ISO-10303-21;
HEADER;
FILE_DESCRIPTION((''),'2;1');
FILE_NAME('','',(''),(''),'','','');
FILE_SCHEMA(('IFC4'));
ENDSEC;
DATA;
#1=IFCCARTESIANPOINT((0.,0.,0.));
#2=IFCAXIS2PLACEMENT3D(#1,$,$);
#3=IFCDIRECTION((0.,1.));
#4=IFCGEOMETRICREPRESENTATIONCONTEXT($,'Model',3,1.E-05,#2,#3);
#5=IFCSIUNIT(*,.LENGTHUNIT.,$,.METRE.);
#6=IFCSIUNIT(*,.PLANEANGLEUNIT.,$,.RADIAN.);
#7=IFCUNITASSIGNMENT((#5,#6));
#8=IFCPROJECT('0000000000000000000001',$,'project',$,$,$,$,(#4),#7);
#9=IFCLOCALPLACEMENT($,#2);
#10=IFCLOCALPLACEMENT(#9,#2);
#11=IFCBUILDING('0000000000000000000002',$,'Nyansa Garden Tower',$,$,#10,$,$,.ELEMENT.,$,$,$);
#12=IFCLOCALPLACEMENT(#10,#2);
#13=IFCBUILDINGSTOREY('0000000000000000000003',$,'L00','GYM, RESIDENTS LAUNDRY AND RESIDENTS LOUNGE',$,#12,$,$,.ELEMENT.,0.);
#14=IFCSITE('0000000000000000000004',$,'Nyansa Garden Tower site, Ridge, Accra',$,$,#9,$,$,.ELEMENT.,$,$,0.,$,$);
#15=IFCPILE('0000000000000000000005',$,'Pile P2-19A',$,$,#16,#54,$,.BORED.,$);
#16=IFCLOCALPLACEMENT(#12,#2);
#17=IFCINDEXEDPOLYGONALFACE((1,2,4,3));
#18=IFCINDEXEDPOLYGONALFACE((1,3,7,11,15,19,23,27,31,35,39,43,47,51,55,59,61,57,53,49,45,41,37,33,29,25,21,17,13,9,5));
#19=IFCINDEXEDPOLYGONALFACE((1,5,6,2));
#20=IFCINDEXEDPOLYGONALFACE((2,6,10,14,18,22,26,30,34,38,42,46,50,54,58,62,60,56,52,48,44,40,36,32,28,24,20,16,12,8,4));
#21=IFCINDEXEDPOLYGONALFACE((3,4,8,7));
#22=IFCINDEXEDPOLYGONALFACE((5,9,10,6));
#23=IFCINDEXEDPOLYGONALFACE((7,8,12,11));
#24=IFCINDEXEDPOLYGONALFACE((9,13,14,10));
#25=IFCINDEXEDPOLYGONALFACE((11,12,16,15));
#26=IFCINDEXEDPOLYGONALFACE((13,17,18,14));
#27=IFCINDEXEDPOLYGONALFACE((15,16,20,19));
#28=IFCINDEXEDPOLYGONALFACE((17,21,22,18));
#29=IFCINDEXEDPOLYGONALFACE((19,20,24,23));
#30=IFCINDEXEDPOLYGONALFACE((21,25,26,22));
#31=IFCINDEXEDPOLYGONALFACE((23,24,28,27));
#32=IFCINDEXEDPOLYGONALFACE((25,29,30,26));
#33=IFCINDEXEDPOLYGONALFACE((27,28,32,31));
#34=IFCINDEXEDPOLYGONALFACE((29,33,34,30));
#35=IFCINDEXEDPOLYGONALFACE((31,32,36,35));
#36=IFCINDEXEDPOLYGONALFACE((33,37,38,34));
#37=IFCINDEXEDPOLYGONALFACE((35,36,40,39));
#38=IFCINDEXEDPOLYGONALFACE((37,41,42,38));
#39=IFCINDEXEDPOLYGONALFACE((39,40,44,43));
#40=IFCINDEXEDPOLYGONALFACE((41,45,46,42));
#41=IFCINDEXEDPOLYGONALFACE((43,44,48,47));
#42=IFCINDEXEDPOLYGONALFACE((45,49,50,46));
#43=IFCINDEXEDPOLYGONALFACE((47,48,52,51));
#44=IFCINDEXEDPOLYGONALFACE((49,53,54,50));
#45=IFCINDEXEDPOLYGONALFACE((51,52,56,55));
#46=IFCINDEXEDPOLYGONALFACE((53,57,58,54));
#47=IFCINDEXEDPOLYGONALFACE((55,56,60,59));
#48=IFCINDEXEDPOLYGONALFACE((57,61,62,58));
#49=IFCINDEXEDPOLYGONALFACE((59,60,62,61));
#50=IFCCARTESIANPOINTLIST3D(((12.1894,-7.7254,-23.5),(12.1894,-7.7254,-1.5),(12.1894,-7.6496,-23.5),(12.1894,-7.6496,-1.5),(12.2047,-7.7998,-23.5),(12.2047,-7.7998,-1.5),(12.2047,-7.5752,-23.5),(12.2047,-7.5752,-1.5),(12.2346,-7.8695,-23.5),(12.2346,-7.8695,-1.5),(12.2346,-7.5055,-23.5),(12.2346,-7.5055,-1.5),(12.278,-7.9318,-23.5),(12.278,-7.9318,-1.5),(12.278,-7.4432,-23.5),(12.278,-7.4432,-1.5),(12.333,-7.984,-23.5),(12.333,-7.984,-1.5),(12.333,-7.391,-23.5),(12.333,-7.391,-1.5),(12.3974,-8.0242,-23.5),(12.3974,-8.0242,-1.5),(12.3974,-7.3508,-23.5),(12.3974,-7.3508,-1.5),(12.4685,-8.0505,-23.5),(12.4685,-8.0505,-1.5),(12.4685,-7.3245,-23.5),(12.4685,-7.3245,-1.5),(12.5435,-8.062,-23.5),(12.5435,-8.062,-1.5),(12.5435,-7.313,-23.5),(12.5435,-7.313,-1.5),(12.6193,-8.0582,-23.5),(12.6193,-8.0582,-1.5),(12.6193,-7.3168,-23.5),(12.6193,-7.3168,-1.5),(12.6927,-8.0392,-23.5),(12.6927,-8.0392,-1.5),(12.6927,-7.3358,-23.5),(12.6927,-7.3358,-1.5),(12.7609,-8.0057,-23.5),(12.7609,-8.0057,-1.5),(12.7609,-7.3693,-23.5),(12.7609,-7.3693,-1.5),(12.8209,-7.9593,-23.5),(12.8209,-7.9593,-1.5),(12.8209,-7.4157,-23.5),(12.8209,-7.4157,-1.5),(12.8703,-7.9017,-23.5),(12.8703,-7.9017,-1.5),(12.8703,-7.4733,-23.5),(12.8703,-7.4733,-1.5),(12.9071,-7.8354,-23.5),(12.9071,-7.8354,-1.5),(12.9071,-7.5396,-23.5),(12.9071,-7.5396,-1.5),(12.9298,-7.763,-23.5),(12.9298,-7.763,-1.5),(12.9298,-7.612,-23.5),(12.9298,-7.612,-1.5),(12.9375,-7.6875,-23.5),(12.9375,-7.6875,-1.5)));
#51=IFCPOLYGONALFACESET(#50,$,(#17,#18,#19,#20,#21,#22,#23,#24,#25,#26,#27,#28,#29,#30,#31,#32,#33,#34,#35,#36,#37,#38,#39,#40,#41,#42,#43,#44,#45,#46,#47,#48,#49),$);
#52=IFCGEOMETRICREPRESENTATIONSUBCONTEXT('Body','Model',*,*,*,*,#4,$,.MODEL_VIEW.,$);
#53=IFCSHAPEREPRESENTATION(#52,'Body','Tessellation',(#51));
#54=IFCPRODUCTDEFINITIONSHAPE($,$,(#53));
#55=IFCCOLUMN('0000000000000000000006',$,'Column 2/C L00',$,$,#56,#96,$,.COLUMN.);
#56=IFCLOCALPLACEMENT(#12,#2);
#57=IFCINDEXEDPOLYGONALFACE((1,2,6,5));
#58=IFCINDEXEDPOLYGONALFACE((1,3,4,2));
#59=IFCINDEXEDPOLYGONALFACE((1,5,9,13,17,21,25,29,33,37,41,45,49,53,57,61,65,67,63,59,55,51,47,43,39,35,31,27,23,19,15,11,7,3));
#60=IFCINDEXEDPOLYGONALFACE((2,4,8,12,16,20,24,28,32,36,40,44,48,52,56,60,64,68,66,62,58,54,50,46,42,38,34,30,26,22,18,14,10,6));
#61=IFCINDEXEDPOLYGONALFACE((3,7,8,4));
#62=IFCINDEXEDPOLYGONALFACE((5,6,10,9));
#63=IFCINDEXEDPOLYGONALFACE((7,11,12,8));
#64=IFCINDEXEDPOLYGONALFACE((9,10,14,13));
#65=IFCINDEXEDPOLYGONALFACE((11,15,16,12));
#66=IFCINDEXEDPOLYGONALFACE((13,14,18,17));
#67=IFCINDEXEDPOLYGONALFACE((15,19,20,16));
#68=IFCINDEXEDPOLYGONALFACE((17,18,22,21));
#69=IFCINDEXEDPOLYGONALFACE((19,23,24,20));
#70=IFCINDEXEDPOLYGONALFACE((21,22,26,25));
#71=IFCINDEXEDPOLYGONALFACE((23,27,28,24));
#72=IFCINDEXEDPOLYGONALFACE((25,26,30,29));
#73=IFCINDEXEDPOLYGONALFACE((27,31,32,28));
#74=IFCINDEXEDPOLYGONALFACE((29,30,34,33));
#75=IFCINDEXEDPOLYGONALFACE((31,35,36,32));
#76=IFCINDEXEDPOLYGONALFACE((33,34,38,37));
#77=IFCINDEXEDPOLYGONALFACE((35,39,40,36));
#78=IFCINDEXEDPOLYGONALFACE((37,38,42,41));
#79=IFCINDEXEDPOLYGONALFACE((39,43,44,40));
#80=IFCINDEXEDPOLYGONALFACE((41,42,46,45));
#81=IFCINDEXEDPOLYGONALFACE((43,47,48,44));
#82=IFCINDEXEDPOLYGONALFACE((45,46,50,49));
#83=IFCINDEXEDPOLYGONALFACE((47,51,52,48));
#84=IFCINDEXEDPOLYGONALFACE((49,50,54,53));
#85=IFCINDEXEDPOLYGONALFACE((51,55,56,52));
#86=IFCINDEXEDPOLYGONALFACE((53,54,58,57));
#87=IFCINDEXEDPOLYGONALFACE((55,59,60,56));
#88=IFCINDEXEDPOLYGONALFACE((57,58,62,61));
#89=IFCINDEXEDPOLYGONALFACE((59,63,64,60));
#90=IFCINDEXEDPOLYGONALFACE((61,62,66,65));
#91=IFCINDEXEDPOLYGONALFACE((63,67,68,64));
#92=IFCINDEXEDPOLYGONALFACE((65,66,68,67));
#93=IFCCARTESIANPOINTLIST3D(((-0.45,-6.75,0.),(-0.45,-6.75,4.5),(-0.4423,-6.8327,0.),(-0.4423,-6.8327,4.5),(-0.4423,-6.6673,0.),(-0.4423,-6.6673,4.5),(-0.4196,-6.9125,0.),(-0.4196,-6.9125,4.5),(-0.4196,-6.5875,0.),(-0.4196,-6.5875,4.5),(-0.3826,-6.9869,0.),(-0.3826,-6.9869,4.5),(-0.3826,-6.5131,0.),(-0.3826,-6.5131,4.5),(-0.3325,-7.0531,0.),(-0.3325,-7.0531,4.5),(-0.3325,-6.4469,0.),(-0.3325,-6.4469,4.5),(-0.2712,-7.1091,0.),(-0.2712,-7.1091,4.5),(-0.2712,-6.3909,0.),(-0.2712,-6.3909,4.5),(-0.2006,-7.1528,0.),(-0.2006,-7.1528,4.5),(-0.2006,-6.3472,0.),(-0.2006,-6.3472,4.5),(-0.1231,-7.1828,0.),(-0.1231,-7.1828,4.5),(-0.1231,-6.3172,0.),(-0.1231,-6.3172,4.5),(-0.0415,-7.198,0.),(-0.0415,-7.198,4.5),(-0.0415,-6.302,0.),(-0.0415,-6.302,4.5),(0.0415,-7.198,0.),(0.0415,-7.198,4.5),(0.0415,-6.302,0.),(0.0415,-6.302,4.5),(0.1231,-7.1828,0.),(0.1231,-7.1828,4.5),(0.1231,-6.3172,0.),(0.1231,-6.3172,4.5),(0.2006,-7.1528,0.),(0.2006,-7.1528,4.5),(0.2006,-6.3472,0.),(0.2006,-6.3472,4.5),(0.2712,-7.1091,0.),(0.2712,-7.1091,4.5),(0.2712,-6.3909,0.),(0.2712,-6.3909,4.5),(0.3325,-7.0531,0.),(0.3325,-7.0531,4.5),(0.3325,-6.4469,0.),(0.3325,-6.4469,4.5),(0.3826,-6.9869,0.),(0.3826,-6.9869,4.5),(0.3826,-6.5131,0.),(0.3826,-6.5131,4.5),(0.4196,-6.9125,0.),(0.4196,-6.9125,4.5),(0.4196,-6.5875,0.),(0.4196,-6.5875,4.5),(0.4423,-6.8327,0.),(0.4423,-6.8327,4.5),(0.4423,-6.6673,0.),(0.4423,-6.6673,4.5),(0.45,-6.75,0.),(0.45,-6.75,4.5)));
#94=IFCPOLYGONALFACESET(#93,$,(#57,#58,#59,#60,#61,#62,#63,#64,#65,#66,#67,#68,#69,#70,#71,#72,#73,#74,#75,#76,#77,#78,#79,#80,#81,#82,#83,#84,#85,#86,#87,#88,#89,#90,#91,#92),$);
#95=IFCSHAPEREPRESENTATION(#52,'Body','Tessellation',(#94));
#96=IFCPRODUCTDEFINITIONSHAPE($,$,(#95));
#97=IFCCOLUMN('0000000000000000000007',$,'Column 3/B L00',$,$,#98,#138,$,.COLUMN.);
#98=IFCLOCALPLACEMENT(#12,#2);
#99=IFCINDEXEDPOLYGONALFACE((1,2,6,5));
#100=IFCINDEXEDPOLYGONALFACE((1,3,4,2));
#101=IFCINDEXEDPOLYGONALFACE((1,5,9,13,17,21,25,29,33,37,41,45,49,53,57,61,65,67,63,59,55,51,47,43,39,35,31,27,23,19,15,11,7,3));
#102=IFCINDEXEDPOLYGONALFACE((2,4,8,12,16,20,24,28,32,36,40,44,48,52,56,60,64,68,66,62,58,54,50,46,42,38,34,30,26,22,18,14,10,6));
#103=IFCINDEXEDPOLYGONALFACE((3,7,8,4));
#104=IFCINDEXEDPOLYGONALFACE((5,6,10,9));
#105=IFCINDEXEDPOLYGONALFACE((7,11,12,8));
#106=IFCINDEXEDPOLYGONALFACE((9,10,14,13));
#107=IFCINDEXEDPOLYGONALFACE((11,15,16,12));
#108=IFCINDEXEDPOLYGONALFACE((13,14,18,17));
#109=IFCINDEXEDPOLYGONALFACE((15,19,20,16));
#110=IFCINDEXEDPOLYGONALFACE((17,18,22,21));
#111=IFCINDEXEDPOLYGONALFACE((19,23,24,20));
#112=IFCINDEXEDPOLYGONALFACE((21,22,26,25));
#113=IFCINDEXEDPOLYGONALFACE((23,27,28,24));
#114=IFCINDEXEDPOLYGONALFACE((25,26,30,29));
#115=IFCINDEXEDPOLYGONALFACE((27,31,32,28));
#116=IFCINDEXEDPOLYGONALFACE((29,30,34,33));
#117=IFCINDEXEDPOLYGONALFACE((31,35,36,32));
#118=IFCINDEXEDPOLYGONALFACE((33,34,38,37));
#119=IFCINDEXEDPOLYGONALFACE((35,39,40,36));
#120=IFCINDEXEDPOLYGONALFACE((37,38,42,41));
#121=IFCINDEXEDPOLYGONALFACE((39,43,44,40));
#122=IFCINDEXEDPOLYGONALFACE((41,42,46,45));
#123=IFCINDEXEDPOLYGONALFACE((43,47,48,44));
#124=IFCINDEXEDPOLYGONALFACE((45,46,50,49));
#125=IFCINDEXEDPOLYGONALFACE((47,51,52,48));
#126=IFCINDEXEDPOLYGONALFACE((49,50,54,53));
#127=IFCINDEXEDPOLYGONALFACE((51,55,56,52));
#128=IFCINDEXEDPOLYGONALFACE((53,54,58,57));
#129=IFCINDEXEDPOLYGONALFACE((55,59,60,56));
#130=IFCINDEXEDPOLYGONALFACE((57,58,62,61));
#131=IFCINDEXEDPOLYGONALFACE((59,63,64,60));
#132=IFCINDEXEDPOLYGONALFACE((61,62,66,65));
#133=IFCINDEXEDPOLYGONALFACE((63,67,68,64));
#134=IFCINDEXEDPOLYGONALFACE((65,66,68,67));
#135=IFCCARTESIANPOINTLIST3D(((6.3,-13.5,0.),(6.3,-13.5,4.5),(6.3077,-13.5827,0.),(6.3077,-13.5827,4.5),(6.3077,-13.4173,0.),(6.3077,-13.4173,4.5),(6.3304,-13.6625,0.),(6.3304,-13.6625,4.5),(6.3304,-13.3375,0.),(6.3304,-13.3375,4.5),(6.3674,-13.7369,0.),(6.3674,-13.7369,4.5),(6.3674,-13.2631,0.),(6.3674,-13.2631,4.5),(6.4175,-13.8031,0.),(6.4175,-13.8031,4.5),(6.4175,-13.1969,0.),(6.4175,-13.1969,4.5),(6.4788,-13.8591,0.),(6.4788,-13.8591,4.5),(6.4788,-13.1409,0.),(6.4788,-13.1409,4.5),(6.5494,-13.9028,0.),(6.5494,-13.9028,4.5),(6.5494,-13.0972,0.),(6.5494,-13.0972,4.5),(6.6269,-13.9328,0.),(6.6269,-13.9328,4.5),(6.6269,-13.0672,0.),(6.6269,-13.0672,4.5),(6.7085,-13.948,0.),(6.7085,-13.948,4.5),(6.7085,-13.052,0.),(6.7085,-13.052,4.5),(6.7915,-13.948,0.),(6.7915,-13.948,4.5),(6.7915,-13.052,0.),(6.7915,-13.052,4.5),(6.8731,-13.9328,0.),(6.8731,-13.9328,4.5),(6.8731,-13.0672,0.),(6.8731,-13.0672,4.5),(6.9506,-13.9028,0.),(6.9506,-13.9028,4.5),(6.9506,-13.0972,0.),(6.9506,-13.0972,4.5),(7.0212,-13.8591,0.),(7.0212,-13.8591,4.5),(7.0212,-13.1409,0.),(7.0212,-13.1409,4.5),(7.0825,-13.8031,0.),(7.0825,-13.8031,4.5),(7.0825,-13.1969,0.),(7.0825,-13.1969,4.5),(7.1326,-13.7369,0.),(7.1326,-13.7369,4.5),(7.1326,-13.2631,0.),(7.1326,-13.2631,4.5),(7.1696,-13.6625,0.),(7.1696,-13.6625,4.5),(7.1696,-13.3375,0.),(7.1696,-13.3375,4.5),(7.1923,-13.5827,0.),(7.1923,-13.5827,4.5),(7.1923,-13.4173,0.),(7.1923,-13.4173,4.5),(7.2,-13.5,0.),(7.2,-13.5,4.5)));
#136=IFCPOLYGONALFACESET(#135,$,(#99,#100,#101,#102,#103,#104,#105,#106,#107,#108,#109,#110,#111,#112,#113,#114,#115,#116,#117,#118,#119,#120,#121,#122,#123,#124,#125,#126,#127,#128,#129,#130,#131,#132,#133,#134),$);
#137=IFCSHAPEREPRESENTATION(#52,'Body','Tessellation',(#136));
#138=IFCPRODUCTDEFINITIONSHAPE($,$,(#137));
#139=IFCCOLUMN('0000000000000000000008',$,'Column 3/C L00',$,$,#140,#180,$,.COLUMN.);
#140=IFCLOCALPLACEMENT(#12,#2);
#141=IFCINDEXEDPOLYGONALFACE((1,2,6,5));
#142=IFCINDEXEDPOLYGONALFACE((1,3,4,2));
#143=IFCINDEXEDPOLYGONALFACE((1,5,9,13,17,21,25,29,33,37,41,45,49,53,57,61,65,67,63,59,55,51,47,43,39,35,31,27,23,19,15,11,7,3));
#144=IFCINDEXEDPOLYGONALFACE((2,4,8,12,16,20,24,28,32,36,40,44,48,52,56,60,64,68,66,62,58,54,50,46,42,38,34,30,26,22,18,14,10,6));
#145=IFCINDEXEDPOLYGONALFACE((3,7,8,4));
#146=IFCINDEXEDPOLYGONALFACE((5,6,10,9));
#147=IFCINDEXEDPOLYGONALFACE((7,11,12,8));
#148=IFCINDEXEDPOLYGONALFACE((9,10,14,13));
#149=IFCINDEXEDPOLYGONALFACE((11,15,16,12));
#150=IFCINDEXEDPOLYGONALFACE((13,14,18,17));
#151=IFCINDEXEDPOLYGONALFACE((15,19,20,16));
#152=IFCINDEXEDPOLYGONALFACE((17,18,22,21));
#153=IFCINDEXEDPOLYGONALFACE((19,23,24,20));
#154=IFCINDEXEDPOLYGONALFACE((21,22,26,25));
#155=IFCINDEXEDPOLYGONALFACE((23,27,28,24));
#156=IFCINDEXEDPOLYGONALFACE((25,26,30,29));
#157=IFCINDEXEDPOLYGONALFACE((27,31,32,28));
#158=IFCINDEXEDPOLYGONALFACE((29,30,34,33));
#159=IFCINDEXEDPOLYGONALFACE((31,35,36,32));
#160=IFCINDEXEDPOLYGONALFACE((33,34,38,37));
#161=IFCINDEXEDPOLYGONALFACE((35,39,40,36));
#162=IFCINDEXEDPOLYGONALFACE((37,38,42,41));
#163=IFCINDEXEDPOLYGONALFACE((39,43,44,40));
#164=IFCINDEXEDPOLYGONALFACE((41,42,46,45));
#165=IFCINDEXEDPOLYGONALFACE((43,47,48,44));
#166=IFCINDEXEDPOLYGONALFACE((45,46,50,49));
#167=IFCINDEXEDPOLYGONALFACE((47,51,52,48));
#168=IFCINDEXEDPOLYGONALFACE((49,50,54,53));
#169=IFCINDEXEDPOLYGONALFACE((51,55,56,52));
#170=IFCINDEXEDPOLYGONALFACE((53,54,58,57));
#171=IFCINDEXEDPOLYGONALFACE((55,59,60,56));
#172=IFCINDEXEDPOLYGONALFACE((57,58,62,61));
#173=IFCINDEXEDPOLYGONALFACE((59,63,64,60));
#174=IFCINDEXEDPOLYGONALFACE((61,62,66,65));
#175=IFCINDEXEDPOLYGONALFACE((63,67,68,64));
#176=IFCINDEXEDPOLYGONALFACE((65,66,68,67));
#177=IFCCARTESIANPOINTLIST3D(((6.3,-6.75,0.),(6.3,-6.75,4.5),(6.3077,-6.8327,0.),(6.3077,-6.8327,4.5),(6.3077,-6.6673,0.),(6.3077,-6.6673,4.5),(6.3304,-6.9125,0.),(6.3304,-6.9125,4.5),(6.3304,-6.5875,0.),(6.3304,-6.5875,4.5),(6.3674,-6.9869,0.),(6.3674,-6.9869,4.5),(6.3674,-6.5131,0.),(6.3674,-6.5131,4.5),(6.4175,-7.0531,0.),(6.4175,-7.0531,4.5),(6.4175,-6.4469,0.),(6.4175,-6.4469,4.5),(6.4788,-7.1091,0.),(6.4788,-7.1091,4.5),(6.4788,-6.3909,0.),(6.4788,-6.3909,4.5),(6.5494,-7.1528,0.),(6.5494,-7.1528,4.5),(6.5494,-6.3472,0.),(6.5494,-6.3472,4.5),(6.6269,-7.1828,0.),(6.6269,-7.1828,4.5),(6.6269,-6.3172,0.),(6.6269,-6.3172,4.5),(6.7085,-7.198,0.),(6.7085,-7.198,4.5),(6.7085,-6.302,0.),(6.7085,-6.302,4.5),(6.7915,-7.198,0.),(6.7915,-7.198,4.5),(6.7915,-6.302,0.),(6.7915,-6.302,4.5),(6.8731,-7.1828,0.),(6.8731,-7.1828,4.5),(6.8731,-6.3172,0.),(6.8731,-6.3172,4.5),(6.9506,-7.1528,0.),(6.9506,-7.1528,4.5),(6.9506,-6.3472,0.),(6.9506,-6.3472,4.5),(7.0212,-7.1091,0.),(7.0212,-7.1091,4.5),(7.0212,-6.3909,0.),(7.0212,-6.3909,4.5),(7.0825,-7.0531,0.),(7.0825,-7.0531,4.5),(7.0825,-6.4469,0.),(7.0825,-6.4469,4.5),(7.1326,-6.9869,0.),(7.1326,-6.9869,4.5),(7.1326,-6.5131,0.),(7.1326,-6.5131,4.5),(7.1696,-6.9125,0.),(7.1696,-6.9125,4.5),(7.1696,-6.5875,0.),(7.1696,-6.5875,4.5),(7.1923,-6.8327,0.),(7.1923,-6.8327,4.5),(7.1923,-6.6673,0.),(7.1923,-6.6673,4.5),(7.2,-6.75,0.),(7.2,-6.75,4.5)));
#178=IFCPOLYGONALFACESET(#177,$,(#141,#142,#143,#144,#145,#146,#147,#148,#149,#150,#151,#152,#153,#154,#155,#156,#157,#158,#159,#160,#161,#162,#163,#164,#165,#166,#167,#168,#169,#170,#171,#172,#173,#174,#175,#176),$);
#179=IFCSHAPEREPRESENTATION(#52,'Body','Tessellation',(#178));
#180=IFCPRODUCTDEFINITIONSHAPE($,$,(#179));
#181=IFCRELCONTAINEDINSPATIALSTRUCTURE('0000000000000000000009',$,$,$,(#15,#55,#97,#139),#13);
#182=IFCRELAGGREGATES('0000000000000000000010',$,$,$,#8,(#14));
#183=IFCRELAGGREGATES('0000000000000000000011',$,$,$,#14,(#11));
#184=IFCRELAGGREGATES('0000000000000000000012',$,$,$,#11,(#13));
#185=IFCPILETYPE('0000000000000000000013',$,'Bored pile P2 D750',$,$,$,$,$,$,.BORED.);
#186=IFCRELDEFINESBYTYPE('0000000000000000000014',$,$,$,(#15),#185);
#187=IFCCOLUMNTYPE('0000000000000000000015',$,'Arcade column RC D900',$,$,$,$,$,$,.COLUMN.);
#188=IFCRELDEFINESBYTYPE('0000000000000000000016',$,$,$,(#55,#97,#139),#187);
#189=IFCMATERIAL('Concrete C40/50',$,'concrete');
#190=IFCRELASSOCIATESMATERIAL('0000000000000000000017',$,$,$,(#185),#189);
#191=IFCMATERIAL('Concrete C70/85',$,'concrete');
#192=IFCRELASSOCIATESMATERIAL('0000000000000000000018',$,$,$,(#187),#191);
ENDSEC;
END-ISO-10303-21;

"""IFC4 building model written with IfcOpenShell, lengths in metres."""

from ifc_helpers import new_model, si_unit, direction, frame, origin, origin_2d, place, context, subcontext, project, spatial, circle, extrude, material, material_profile, profile_set, type_object, element, save


model = new_model("IFC4")

# Units and contexts
model_context = context("Model", 3, precision=1e-05, world=origin(), true_north=direction((0.0, 1.0)))
body_context = subcontext(model_context, "Body", "Model", "MODEL_VIEW")
ifc_project = project(units=[si_unit("LENGTHUNIT", "METRE"), si_unit("PLANEANGLEUNIT", "RADIAN")], contexts=[model_context])

# Site, building, storey
site_placement = place(None, origin())
site = spatial("IfcSite", under=ifc_project, at=site_placement, Name="Nyansa Garden Tower site, Ridge, Accra", CompositionType="ELEMENT", RefElevation=0.0)
building_placement = place(site_placement, origin())
building = spatial("IfcBuilding", under=site, at=building_placement, Name="Nyansa Garden Tower", CompositionType="ELEMENT")
storey_placement = place(building_placement, origin())
storey = spatial("IfcBuildingStorey", under=building, at=storey_placement, Name="L00", Description="GYM, RESIDENTS LAUNDRY AND RESIDENTS LOUNGE", CompositionType="ELEMENT", Elevation=0.0)

# Pile
ifc_material_1 = material(Name="Concrete C40/50", Category="concrete")
pile_type = type_object("IfcPileType", Name="Bored pile P2 D750", PredefinedType="BORED", material=ifc_material_1)
for number, where, z_axis, x_axis, name in (
    (1, (12.5625, -7.6875, -1.5), (0.0, 0.0, -1.0), (1.0, 0.0, 0.0), "Pile P2-19A"),
):
    element("IfcPile", number, at=place(storey_placement, frame(where, z_axis=z_axis, x_axis=x_axis)), inside=storey, type_object=pile_type, Name=name, PredefinedType="BORED", context=body_context, shape_type="SweptSolid", body=[
        extrude(circle(Radius=0.375, at=origin_2d()), origin(), (0.0, 0.0, 1.0), 22.0),
    ])

# Columns
ifc_material_2 = material(Name="Concrete C70/85", Category="concrete")
ifc_material_profile_1 = material_profile(ifc_material_2, circle(Radius=0.45, at=origin_2d()), Name="RC D900")
ifc_profile_set_1 = profile_set([ifc_material_profile_1], Name="Concrete C70/85")
column_type = type_object("IfcColumnType", Name="Arcade column RC D900", PredefinedType="COLUMN", material=ifc_profile_set_1)
for number, where, z_axis, x_axis, name in (
    (2, (0.0, -6.75, 0.0), (0.0, 0.0, 1.0), (1.0, 0.0, 0.0), "Column 2/C L00"),
    (3, (6.75, -13.5, 0.0), (0.0, 0.0, 1.0), (1.0, 0.0, 0.0), "Column 3/B L00"),
    (4, (6.75, -6.75, 0.0), (0.0, 0.0, 1.0), (1.0, 0.0, 0.0), "Column 3/C L00"),
):
    element("IfcColumn", number, at=place(storey_placement, frame(where, z_axis=z_axis, x_axis=x_axis)), inside=storey, type_object=column_type, Name=name, PredefinedType="COLUMN", context=body_context, shape_type="SweptSolid", body=[
        extrude(circle(Radius=0.45, at=origin_2d()), origin(), (0.0, 0.0, 1.0), 4.5),
    ])

save(model, "model.ifc")
